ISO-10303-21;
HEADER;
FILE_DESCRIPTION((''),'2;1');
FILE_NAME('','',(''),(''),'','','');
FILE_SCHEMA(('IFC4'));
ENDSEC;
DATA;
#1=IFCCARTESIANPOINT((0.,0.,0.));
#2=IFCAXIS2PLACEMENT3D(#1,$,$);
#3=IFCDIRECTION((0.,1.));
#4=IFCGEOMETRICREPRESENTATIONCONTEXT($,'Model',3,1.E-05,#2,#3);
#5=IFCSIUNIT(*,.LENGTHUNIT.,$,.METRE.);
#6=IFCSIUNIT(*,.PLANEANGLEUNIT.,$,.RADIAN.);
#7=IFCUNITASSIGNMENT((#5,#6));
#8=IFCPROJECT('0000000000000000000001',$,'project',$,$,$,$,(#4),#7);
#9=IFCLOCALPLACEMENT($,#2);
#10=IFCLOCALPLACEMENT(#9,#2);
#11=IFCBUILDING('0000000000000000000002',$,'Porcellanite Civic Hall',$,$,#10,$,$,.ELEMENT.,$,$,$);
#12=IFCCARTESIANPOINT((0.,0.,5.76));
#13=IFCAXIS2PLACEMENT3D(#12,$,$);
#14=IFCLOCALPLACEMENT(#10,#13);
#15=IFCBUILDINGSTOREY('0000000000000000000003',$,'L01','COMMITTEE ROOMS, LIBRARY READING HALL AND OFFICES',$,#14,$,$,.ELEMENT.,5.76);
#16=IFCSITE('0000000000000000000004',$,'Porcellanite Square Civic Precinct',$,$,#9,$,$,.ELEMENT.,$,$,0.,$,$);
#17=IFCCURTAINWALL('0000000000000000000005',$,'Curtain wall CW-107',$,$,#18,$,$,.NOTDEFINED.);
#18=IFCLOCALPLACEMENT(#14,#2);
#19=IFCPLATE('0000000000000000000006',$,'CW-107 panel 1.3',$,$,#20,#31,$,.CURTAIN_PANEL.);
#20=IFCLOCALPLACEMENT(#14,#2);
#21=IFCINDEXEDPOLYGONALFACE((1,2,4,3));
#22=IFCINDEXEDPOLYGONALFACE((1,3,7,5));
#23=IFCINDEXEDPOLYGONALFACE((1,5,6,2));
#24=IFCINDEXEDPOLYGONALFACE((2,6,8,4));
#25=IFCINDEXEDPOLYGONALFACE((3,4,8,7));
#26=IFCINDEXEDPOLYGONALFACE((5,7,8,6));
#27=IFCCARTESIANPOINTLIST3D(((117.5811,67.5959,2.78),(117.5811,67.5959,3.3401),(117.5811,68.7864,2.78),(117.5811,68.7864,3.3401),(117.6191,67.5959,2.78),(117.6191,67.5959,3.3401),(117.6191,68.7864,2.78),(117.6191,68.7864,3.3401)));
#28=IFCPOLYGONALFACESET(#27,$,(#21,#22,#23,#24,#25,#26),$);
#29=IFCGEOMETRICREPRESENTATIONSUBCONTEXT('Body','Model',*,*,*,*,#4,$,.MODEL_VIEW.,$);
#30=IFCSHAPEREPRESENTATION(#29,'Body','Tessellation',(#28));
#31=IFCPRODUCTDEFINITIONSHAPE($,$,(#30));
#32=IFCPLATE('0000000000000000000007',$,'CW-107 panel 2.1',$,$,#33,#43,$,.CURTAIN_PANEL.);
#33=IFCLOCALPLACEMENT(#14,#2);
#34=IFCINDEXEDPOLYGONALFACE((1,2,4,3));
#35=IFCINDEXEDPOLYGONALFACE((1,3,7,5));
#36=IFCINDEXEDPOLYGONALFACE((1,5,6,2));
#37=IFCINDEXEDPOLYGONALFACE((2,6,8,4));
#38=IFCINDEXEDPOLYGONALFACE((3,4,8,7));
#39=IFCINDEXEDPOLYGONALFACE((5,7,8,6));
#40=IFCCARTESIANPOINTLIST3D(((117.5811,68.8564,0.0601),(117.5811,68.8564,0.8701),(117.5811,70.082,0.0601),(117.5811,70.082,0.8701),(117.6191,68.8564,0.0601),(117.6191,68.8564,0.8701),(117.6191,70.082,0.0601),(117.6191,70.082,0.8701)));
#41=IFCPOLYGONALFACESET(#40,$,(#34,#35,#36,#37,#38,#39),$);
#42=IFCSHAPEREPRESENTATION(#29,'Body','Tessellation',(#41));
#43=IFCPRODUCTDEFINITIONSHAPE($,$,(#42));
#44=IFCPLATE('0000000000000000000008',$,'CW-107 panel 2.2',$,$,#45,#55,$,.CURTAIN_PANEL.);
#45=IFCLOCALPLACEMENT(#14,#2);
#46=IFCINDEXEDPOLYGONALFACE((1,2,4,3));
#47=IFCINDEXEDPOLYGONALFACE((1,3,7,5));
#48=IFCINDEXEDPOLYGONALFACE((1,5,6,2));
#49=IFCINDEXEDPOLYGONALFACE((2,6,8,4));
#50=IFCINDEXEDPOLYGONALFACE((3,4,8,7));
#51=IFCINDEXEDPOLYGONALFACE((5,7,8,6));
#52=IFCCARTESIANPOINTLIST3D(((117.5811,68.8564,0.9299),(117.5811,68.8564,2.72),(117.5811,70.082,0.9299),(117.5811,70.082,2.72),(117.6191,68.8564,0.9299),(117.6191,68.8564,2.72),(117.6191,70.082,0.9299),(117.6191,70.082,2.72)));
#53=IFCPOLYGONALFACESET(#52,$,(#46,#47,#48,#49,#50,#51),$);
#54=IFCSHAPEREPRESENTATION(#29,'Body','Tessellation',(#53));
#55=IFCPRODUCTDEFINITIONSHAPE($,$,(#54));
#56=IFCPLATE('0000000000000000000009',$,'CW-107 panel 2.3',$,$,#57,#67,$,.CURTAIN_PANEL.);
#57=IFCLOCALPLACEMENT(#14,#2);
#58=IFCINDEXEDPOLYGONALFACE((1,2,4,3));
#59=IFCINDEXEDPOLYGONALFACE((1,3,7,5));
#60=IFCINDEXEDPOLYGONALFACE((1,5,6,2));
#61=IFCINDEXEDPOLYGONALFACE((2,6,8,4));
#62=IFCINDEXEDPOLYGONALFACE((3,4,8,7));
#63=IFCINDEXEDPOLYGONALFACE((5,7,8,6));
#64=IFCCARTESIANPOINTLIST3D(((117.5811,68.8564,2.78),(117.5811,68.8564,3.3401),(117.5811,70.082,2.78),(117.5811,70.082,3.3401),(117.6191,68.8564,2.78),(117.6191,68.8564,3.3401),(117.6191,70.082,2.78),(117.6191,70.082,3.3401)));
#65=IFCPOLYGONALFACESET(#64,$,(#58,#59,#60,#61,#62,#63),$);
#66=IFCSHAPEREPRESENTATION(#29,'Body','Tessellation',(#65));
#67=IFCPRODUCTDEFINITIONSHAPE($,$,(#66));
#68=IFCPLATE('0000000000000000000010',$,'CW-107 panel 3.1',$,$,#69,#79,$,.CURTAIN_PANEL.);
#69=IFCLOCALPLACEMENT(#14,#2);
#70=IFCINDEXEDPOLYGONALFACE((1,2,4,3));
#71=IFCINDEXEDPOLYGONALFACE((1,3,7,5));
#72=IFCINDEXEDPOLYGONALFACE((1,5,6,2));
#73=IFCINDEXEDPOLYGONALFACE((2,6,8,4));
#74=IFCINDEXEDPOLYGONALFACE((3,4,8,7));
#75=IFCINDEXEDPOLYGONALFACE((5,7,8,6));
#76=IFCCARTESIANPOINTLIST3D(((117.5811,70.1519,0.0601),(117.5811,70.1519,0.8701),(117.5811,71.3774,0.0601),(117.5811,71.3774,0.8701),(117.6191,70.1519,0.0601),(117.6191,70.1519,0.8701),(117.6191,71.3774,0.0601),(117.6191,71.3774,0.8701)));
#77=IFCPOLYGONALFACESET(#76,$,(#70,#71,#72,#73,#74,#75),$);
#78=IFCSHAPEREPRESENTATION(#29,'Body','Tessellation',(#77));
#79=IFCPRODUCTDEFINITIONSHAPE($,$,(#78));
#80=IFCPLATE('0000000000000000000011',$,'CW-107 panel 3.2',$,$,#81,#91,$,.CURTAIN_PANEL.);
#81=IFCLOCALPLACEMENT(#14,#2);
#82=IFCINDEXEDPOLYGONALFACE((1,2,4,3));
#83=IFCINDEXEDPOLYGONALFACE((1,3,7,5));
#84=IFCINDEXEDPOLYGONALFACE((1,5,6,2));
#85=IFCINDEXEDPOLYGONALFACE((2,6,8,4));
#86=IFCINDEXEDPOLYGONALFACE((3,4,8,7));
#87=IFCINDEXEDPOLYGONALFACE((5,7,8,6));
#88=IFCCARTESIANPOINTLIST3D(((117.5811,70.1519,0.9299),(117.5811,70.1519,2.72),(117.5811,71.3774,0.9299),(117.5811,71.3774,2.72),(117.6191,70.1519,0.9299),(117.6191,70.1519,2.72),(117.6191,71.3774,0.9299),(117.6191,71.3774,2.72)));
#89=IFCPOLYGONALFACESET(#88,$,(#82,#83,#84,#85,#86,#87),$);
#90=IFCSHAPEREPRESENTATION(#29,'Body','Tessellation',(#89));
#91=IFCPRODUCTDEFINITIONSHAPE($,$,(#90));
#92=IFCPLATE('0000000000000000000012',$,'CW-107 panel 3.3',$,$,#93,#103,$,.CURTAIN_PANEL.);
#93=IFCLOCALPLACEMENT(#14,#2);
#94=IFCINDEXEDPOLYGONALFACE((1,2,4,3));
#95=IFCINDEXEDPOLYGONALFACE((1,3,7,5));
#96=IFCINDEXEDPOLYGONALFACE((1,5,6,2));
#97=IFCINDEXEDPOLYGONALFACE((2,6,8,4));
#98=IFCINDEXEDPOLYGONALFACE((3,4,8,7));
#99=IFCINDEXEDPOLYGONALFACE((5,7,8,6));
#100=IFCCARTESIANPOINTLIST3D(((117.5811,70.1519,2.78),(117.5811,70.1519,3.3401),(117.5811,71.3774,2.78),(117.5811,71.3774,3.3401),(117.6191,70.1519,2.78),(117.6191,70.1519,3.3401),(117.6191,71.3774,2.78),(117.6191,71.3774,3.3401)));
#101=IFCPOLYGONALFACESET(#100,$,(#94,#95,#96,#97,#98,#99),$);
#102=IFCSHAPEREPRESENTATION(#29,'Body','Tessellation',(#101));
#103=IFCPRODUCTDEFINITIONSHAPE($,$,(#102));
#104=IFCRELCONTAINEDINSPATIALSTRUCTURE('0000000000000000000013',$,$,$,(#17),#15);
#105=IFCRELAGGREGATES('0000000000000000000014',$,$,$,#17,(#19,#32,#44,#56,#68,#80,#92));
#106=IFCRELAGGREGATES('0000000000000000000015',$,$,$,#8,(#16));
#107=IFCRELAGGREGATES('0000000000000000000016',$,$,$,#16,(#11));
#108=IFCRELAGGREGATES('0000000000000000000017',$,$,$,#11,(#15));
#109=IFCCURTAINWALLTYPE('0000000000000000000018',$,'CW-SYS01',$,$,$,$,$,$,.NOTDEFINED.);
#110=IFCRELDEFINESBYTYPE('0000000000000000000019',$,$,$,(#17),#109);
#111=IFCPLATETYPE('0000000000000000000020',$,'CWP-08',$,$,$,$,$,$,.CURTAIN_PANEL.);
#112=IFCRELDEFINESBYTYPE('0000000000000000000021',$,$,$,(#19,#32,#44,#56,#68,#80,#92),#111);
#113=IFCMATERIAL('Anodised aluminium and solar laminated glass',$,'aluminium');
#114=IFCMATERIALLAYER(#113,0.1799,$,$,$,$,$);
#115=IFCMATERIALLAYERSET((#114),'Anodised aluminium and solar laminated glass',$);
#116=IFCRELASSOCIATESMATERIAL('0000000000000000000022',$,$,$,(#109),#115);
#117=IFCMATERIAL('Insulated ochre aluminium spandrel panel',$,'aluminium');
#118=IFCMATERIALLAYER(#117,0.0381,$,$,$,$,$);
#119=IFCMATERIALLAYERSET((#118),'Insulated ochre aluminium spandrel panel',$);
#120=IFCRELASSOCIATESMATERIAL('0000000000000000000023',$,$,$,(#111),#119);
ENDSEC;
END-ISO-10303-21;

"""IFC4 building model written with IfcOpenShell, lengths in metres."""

from ifc_helpers import new_model, si_unit, direction, frame, origin, origin_2d, place, context, subcontext, project, spatial, rectangle, extrude, material, layer, layer_set, type_object, element, aggregate, save


model = new_model("IFC4")

# Units and contexts
model_context = context("Model", 3, precision=1e-05, world=origin(), true_north=direction((0.0, 1.0)))
body_context = subcontext(model_context, "Body", "Model", "MODEL_VIEW")
ifc_project = project(units=[si_unit("LENGTHUNIT", "METRE"), si_unit("PLANEANGLEUNIT", "RADIAN")], contexts=[model_context])

# Site, building, storey
site_placement = place(None, origin())
site = spatial("IfcSite", under=ifc_project, at=site_placement, Name="Porcellanite Square Civic Precinct", CompositionType="ELEMENT", RefElevation=0.0)
building_placement = place(site_placement, origin())
building = spatial("IfcBuilding", under=site, at=building_placement, Name="Porcellanite Civic Hall", CompositionType="ELEMENT")
storey_placement = place(building_placement, frame((0.0, 0.0, 5.76)))
storey = spatial("IfcBuildingStorey", under=building, at=storey_placement, Name="L01", Description="COMMITTEE ROOMS, LIBRARY READING HALL AND OFFICES", CompositionType="ELEMENT", Elevation=5.76)

# Curtain wall
ifc_material_1 = material(Name="Anodised aluminium and solar laminated glass", Category="aluminium")
ifc_layer_1 = layer(ifc_material_1, 0.1799)
ifc_layer_set_1 = layer_set([ifc_layer_1], Name="Anodised aluminium and solar laminated glass")
curtain_wall_type = type_object("IfcCurtainWallType", Name="CW-SYS01", PredefinedType="NOTDEFINED", material=ifc_layer_set_1)
curtain_wall_placement = place(storey_placement, origin())
curtain_wall = element("IfcCurtainWall", 1, at=curtain_wall_placement, inside=storey, type_object=curtain_wall_type, Name="Curtain wall CW-107", PredefinedType="NOTDEFINED")

# Plates
ifc_material_2 = material(Name="Insulated ochre aluminium spandrel panel", Category="aluminium")
ifc_layer_2 = layer(ifc_material_2, 0.0381)
ifc_layer_set_2 = layer_set([ifc_layer_2], Name="Insulated ochre aluminium spandrel panel")
plate_type = type_object("IfcPlateType", Name="CWP-08", PredefinedType="CURTAIN_PANEL", material=ifc_layer_set_2)
plate_1_placement = place(storey_placement, frame((117.6001, 68.1912, 2.78), z_axis=(0.0, 0.0, 1.0), x_axis=(0.0, 1.0, 0.0)))
plate_1 = element("IfcPlate", 2, at=plate_1_placement, type_object=plate_type, Name="CW-107 panel 1.3", PredefinedType="CURTAIN_PANEL", context=body_context, shape_type="SweptSolid", body=[
    extrude(rectangle(XDim=1.1904, YDim=0.0381, at=origin_2d()), origin(), (0.0, 0.0, 1.0), 0.5601),
])
plate_2_placement = place(storey_placement, frame((117.6001, 69.4692, 0.0601), z_axis=(0.0, 0.0, 1.0), x_axis=(0.0, 1.0, 0.0)))
plate_2 = element("IfcPlate", 3, at=plate_2_placement, type_object=plate_type, Name="CW-107 panel 2.1", PredefinedType="CURTAIN_PANEL", context=body_context, shape_type="SweptSolid", body=[
    extrude(rectangle(XDim=1.2256, YDim=0.0381, at=origin_2d()), origin(), (0.0, 0.0, 1.0), 0.8101),
])
plate_3_placement = place(storey_placement, frame((117.6001, 69.4692, 0.9299), z_axis=(0.0, 0.0, 1.0), x_axis=(0.0, 1.0, 0.0)))
plate_3 = element("IfcPlate", 4, at=plate_3_placement, type_object=plate_type, Name="CW-107 panel 2.2", PredefinedType="CURTAIN_PANEL", context=body_context, shape_type="SweptSolid", body=[
    extrude(rectangle(XDim=1.2256, YDim=0.0381, at=origin_2d()), origin(), (0.0, 0.0, 1.0), 1.79),
])
plate_4_placement = place(storey_placement, frame((117.6001, 69.4692, 2.78), z_axis=(0.0, 0.0, 1.0), x_axis=(0.0, 1.0, 0.0)))
plate_4 = element("IfcPlate", 5, at=plate_4_placement, type_object=plate_type, Name="CW-107 panel 2.3", PredefinedType="CURTAIN_PANEL", context=body_context, shape_type="SweptSolid", body=[
    extrude(rectangle(XDim=1.2256, YDim=0.0381, at=origin_2d()), origin(), (0.0, 0.0, 1.0), 0.5601),
])
plate_5_placement = place(storey_placement, frame((117.6001, 70.7646, 0.0601), z_axis=(0.0, 0.0, 1.0), x_axis=(0.0, 1.0, 0.0)))
plate_5 = element("IfcPlate", 6, at=plate_5_placement, type_object=plate_type, Name="CW-107 panel 3.1", PredefinedType="CURTAIN_PANEL", context=body_context, shape_type="SweptSolid", body=[
    extrude(rectangle(XDim=1.2256, YDim=0.0381, at=origin_2d()), origin(), (0.0, 0.0, 1.0), 0.8101),
])
plate_6_placement = place(storey_placement, frame((117.6001, 70.7646, 0.9299), z_axis=(0.0, 0.0, 1.0), x_axis=(0.0, 1.0, 0.0)))
plate_6 = element("IfcPlate", 7, at=plate_6_placement, type_object=plate_type, Name="CW-107 panel 3.2", PredefinedType="CURTAIN_PANEL", context=body_context, shape_type="SweptSolid", body=[
    extrude(rectangle(XDim=1.2256, YDim=0.0381, at=origin_2d()), origin(), (0.0, 0.0, 1.0), 1.79),
])
plate_7_placement = place(storey_placement, frame((117.6001, 70.7646, 2.78), z_axis=(0.0, 0.0, 1.0), x_axis=(0.0, 1.0, 0.0)))
plate_7 = element("IfcPlate", 8, at=plate_7_placement, type_object=plate_type, Name="CW-107 panel 3.3", PredefinedType="CURTAIN_PANEL", context=body_context, shape_type="SweptSolid", body=[
    extrude(rectangle(XDim=1.2256, YDim=0.0381, at=origin_2d()), origin(), (0.0, 0.0, 1.0), 0.5601),
])
aggregate(curtain_wall, [plate_1, plate_2, plate_3, plate_4, plate_5, plate_6, plate_7])

save(model, "model.ifc")
